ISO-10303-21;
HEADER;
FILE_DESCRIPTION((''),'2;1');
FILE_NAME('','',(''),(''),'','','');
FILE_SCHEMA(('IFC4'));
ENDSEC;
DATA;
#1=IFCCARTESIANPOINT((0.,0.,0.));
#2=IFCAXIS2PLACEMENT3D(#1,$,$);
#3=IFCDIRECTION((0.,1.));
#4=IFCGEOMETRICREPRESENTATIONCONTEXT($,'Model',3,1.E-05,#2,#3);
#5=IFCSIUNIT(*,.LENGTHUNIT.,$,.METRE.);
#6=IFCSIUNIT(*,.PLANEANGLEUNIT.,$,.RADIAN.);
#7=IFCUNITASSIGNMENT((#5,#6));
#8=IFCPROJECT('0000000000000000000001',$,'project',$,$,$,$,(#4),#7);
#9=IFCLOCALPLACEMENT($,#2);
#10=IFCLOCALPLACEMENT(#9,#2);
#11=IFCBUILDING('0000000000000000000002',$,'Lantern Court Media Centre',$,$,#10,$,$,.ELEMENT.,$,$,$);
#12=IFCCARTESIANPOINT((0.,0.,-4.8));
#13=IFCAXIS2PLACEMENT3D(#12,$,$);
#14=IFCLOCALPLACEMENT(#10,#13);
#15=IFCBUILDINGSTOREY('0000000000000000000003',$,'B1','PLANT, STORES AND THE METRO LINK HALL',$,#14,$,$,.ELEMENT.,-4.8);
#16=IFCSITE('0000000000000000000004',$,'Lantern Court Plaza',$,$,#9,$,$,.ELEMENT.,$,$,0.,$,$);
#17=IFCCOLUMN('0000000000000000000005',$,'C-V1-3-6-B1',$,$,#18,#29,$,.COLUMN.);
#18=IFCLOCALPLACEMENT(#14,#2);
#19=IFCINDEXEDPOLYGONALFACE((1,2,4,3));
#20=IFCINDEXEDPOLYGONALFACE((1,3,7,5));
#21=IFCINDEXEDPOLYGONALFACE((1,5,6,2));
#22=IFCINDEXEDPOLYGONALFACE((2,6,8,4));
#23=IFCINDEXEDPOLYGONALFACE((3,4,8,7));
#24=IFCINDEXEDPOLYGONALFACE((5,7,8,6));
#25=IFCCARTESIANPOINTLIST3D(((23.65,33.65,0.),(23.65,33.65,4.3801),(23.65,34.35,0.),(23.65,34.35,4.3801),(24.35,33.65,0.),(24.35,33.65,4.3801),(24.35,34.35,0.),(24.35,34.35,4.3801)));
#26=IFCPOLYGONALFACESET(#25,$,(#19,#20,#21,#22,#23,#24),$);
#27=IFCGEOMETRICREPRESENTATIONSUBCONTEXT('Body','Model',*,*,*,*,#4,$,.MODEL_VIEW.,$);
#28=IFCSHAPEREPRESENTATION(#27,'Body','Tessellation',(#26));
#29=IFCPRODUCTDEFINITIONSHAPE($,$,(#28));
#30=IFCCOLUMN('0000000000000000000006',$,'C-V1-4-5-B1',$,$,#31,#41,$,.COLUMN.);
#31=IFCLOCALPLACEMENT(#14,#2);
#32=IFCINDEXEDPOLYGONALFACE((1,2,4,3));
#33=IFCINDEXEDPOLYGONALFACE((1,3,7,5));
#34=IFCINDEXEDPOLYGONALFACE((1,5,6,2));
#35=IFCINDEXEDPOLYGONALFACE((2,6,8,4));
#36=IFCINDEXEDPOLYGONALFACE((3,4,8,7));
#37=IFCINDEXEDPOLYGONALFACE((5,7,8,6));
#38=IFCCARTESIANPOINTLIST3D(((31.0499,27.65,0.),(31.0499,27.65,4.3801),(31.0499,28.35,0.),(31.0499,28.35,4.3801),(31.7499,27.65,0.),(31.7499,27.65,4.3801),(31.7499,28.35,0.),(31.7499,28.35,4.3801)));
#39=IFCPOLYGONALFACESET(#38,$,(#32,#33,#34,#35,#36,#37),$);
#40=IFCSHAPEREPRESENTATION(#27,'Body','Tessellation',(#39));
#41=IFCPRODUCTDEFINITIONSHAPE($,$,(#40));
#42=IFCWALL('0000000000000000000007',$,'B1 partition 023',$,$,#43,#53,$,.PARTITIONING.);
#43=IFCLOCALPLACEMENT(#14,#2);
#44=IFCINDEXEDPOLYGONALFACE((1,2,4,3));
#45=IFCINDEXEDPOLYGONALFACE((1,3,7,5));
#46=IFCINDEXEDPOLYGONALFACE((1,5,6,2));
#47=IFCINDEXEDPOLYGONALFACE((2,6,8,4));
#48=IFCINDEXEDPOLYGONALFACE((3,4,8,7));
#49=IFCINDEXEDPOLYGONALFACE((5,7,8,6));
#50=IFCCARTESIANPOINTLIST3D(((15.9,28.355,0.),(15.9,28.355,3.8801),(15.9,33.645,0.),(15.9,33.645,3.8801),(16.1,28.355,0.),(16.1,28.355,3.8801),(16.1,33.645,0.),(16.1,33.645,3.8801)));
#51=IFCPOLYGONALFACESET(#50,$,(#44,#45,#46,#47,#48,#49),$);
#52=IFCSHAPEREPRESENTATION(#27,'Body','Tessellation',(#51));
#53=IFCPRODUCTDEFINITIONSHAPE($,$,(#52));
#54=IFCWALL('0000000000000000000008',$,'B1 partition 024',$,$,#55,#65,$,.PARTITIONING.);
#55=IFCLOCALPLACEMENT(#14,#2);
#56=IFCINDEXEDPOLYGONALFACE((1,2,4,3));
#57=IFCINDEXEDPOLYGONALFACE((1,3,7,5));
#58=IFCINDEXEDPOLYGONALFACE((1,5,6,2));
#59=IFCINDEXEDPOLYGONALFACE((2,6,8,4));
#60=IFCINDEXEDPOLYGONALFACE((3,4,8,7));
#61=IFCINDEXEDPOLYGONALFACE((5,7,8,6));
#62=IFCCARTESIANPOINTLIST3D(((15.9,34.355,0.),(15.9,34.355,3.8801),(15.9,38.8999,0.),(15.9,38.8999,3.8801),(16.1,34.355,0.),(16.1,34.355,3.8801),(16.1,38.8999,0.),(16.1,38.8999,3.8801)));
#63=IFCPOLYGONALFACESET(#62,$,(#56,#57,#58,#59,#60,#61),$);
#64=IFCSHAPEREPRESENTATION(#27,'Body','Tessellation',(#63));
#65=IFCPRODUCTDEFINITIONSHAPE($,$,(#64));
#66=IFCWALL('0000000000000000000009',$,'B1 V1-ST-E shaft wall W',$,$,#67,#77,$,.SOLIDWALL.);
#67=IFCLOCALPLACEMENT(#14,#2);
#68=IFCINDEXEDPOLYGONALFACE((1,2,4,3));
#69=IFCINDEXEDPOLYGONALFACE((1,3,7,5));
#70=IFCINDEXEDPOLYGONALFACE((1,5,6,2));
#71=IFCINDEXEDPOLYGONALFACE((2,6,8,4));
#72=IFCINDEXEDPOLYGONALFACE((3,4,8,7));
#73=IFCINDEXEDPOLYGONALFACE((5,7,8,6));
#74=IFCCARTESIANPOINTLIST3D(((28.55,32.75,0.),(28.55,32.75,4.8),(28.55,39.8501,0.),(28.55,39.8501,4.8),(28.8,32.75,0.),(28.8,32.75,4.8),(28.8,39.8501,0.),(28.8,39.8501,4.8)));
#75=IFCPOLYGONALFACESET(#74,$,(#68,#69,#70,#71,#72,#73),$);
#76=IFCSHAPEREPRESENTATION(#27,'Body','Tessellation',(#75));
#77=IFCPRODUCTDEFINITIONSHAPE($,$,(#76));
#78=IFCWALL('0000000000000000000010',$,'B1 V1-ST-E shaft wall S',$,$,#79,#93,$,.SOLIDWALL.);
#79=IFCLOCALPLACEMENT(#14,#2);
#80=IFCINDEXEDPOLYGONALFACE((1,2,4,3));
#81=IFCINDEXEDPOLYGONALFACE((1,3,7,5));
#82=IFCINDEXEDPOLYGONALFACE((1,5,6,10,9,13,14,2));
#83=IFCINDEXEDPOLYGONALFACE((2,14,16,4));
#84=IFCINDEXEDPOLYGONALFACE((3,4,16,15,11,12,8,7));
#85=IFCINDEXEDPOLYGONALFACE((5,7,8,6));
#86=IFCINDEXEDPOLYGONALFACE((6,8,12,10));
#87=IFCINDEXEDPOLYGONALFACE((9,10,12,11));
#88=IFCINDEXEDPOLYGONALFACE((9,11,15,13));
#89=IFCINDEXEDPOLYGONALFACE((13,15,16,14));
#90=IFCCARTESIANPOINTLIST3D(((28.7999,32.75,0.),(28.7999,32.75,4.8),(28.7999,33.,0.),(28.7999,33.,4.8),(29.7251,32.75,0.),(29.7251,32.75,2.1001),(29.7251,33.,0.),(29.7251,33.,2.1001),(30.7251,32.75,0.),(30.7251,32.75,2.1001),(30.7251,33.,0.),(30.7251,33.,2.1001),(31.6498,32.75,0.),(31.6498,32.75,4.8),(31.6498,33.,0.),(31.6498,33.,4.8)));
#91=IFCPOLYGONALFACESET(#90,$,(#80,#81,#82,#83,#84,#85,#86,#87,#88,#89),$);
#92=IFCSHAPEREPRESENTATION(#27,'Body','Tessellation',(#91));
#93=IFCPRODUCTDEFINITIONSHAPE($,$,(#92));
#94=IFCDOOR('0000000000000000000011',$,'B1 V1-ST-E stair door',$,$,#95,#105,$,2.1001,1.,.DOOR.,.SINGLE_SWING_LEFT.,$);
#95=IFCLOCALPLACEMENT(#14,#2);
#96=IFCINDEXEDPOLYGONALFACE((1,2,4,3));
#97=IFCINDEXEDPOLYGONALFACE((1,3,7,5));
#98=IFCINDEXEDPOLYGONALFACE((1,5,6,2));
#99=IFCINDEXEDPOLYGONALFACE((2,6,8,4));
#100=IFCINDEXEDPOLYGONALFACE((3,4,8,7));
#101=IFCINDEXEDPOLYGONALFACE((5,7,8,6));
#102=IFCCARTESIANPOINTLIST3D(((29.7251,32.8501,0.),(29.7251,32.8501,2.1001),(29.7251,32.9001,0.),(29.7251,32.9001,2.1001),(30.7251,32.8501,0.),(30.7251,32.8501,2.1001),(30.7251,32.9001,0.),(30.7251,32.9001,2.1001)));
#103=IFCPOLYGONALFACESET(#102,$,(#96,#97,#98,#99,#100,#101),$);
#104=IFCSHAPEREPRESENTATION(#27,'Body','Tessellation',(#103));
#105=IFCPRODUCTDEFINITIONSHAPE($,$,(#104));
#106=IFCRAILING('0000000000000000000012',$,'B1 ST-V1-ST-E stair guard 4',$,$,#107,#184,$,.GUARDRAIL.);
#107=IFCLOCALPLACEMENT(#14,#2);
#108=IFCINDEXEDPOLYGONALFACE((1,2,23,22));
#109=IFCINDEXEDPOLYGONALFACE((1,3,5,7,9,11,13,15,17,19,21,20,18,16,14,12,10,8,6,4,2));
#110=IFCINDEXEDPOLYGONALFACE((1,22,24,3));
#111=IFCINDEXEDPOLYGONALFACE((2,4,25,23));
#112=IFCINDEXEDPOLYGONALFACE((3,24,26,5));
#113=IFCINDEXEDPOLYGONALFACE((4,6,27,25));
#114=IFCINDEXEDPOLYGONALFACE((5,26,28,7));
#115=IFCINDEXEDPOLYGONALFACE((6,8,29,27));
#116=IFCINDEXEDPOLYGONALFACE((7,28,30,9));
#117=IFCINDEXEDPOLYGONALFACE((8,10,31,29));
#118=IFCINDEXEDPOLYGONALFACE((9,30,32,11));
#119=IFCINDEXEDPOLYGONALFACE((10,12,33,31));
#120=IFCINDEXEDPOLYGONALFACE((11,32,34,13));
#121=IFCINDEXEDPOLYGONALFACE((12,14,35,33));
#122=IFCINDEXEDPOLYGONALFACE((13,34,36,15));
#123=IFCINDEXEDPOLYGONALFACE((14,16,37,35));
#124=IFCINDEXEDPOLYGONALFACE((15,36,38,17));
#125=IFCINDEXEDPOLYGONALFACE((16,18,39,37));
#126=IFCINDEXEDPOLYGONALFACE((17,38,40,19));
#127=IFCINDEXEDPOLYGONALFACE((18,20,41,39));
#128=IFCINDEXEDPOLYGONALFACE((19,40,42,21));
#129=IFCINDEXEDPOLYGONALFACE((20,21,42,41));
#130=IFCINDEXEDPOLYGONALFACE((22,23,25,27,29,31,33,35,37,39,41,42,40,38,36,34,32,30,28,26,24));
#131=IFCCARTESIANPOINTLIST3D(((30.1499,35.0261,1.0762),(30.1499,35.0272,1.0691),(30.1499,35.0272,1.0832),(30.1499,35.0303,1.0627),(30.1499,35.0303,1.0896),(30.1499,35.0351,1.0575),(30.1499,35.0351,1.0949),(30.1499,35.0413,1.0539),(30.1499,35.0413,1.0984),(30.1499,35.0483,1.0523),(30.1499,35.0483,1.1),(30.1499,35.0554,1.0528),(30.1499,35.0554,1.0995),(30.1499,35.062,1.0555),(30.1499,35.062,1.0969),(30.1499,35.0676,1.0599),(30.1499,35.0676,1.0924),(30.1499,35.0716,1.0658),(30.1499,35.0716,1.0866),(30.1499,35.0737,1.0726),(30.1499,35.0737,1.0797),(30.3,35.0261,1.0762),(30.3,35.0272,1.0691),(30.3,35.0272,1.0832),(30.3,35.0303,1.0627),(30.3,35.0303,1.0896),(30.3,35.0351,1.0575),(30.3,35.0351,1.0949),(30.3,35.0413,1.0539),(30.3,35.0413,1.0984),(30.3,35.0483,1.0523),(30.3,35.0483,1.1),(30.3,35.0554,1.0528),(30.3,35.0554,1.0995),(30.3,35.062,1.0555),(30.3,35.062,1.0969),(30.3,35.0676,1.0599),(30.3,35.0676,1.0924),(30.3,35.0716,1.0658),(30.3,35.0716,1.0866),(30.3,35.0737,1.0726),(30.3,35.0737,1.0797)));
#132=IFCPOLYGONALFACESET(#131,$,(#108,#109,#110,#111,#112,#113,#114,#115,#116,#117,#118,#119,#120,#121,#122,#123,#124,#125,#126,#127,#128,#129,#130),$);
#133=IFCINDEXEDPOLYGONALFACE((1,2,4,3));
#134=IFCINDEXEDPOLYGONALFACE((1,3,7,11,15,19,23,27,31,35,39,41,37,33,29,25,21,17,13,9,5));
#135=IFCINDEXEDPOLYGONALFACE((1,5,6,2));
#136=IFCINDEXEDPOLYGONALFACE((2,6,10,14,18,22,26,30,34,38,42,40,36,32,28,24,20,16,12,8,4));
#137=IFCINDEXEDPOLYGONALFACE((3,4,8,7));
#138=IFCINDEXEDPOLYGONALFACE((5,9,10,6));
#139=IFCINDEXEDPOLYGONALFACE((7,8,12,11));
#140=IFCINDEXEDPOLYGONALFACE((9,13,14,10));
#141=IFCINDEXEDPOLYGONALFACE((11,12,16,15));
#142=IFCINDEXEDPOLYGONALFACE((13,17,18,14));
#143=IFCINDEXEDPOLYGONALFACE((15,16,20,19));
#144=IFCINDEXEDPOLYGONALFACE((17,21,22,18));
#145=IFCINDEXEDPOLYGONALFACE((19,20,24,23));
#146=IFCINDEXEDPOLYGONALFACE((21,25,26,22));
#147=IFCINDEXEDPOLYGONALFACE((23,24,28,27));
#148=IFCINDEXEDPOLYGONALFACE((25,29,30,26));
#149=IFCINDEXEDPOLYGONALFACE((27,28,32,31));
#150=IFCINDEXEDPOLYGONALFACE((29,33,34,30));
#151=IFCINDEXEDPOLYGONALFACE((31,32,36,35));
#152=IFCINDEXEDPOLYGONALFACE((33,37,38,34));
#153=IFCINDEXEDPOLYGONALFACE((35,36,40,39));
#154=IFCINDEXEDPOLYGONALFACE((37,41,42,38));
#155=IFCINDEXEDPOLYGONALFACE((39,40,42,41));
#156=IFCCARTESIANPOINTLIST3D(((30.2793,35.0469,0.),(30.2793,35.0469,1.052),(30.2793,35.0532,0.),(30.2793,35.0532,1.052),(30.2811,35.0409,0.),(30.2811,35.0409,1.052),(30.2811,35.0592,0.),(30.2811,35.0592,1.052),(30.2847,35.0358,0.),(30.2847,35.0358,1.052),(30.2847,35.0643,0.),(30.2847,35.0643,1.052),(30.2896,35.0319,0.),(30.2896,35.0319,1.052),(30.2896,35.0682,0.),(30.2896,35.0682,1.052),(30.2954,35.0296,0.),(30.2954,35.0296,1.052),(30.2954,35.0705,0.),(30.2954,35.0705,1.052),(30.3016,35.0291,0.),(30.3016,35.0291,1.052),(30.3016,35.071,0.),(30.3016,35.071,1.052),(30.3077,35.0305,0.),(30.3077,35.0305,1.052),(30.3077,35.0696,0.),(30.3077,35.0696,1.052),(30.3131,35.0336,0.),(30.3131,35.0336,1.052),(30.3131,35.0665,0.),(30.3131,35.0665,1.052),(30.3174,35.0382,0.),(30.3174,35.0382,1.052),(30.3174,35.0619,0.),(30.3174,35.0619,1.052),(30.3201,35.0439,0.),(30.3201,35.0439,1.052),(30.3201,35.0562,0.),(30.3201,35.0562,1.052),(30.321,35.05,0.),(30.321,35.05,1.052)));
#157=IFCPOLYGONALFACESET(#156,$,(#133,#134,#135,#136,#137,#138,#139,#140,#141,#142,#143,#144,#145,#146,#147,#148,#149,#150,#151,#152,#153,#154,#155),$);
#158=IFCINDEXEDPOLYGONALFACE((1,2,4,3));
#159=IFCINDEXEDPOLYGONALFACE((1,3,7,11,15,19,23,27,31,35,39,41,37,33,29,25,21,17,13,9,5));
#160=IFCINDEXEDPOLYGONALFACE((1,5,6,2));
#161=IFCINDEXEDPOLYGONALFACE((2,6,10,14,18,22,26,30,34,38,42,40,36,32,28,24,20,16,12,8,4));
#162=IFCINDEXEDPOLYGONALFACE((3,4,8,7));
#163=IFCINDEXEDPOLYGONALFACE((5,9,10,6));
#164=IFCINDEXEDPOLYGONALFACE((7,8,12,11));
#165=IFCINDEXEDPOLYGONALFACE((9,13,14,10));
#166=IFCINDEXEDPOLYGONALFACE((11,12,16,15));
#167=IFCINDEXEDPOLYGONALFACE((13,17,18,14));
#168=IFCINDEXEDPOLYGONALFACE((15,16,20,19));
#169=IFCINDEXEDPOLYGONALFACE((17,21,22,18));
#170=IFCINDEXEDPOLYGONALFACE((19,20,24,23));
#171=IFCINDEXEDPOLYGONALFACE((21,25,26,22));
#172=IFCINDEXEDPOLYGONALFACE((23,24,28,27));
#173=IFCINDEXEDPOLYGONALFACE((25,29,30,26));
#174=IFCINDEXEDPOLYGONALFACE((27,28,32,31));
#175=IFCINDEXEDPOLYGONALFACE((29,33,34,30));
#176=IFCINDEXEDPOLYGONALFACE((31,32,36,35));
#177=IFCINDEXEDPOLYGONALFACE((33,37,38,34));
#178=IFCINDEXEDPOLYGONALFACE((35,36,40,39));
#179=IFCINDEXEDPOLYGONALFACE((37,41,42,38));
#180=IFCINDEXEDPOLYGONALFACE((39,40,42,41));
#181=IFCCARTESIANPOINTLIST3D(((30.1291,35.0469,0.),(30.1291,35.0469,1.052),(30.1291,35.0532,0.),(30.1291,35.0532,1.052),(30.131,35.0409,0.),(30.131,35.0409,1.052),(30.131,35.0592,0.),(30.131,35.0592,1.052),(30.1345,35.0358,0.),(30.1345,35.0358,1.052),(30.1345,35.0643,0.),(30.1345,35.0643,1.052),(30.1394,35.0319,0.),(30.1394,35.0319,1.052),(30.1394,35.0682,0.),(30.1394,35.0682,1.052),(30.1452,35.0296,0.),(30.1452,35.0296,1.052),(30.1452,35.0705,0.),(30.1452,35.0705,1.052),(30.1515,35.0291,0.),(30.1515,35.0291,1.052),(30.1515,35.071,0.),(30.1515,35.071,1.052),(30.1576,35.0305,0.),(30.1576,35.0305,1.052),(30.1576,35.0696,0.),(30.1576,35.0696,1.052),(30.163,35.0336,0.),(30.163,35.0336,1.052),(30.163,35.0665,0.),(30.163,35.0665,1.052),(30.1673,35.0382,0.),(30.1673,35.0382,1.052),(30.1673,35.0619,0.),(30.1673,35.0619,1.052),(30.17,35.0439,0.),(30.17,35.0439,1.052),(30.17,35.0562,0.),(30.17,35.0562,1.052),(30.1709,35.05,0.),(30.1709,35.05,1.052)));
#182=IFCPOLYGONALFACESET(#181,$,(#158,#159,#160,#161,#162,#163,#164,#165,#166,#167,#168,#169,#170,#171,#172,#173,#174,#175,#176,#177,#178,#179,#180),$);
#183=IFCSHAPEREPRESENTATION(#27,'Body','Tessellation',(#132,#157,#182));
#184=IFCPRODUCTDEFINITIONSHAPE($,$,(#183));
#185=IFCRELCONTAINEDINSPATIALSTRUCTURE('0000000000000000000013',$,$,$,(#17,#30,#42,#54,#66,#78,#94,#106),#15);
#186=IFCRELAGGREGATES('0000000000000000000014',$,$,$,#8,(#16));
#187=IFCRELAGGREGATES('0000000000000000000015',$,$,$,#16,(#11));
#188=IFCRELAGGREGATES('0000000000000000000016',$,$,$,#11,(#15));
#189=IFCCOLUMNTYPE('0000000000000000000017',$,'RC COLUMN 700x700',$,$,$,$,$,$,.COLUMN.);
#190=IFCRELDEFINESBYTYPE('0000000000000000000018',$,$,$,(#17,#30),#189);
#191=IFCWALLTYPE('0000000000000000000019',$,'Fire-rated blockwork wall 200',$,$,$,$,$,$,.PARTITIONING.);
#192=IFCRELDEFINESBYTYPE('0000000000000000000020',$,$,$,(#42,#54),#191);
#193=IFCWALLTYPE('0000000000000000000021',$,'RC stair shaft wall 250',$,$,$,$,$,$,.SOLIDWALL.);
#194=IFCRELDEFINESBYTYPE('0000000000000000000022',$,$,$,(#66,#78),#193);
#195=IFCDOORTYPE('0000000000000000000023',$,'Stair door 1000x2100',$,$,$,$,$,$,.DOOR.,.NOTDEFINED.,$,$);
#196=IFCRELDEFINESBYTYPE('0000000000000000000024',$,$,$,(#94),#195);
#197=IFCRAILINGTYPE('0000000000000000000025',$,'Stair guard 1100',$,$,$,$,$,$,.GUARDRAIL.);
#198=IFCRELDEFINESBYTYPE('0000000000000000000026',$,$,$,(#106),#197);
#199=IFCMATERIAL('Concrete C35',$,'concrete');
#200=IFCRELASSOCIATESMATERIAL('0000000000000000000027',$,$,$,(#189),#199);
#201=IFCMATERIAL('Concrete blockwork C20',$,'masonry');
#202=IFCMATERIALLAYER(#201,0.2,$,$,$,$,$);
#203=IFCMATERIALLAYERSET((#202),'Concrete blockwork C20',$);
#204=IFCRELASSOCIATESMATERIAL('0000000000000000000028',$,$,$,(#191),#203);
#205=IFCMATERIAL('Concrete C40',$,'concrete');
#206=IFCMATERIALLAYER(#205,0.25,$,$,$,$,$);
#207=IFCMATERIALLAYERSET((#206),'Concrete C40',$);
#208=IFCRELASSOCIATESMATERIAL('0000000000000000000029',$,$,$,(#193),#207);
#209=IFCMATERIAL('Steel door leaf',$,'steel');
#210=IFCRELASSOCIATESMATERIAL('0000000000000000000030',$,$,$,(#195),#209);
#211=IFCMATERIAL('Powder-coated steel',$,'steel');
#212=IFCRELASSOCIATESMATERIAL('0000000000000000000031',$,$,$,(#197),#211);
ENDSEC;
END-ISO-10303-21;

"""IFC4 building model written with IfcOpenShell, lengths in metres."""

from ifc_helpers import new_model, si_unit, direction, frame, frame_2d, origin, origin_2d, place, context, subcontext, project, spatial, rectangle, circle, extrude, material, layer, layer_set, material_profile, profile_set, type_object, element, fill, save


model = new_model("IFC4")

# Units and contexts
model_context = context("Model", 3, precision=1e-05, world=origin(), true_north=direction((0.0, 1.0)))
body_context = subcontext(model_context, "Body", "Model", "MODEL_VIEW")
ifc_project = project(units=[si_unit("LENGTHUNIT", "METRE"), si_unit("PLANEANGLEUNIT", "RADIAN")], contexts=[model_context])

# Site, building, storey
site_placement = place(None, origin())
site = spatial("IfcSite", under=ifc_project, at=site_placement, Name="Lantern Court Plaza", CompositionType="ELEMENT", RefElevation=0.0)
building_placement = place(site_placement, origin())
building = spatial("IfcBuilding", under=site, at=building_placement, Name="Lantern Court Media Centre", CompositionType="ELEMENT")
storey_placement = place(building_placement, frame((0.0, 0.0, -4.8)))
storey = spatial("IfcBuildingStorey", under=building, at=storey_placement, Name="B1", Description="PLANT, STORES AND THE METRO LINK HALL", CompositionType="ELEMENT", Elevation=-4.8)

# Columns
ifc_material_1 = material(Name="Concrete C35", Category="concrete")
ifc_material_profile_1 = material_profile(ifc_material_1, rectangle(XDim=0.7, YDim=0.7, at=origin_2d()), Name="RC 700x700")
ifc_profile_set_1 = profile_set([ifc_material_profile_1], Name="Concrete C35")
column_type = type_object("IfcColumnType", Name="RC COLUMN 700x700", PredefinedType="COLUMN", material=ifc_profile_set_1)
for number, where, z_axis, x_axis, name in (
    (1, (24.0, 34.0, 0.0), (0.0, 0.0, 1.0), (1.0, 0.0, 0.0), "C-V1-3-6-B1"),
    (2, (31.3999, 28.0, 0.0), (0.0, 0.0, 1.0), (1.0, 0.0, 0.0), "C-V1-4-5-B1"),
):
    element("IfcColumn", number, at=place(storey_placement, frame(where, z_axis=z_axis, x_axis=x_axis)), inside=storey, type_object=column_type, Name=name, PredefinedType="COLUMN", context=body_context, shape_type="SweptSolid", body=[
        extrude(rectangle(XDim=0.7, YDim=0.7, at=origin_2d()), origin(), (0.0, 0.0, 1.0), 4.3801),
    ])

# Walls
ifc_material_2 = material(Name="Concrete blockwork C20", Category="masonry")
ifc_layer_1 = layer(ifc_material_2, 0.2)
ifc_layer_set_1 = layer_set([ifc_layer_1], Name="Concrete blockwork C20")
wall_type_1 = type_object("IfcWallType", Name="Fire-rated blockwork wall 200", PredefinedType="PARTITIONING", material=ifc_layer_set_1)
wall_1_placement = place(storey_placement, frame((16.0, 28.355, 0.0), z_axis=(0.0, 0.0, 1.0), x_axis=(0.0, 1.0, 0.0)))
element("IfcWall", 3, at=wall_1_placement, inside=storey, type_object=wall_type_1, Name="B1 partition 023", PredefinedType="PARTITIONING", context=body_context, shape_type="SweptSolid", body=[
    extrude(rectangle(XDim=5.29, YDim=0.2, at=frame_2d((2.645, 0.0))), origin(), (0.0, 0.0, 1.0), 3.8801),
])
wall_2_placement = place(storey_placement, frame((16.0, 34.355, 0.0), z_axis=(0.0, 0.0, 1.0), x_axis=(0.0, 1.0, 0.0)))
element("IfcWall", 4, at=wall_2_placement, inside=storey, type_object=wall_type_1, Name="B1 partition 024", PredefinedType="PARTITIONING", context=body_context, shape_type="SweptSolid", body=[
    extrude(rectangle(XDim=4.5449, YDim=0.2, at=frame_2d((2.2725, 0.0))), origin(), (0.0, 0.0, 1.0), 3.8801),
])
ifc_material_3 = material(Name="Concrete C40", Category="concrete")
ifc_layer_2 = layer(ifc_material_3, 0.25)
ifc_layer_set_2 = layer_set([ifc_layer_2], Name="Concrete C40")
wall_type_2 = type_object("IfcWallType", Name="RC stair shaft wall 250", PredefinedType="SOLIDWALL", material=ifc_layer_set_2)
wall_3_placement = place(storey_placement, frame((28.675, 32.75, 0.0), z_axis=(0.0, 0.0, 1.0), x_axis=(0.0, 1.0, 0.0)))
element("IfcWall", 5, at=wall_3_placement, inside=storey, type_object=wall_type_2, Name="B1 V1-ST-E shaft wall W", PredefinedType="SOLIDWALL", context=body_context, shape_type="SweptSolid", body=[
    extrude(rectangle(XDim=7.1001, YDim=0.25, at=frame_2d((3.55, 0.0))), origin(), (0.0, 0.0, 1.0), 4.8),
])

# Wall, opening, door
wall_4_placement = place(storey_placement, frame((28.8, 32.875, 0.0), z_axis=(0.0, 0.0, 1.0), x_axis=(1.0, 0.0, 0.0)))
wall_4 = element("IfcWall", 6, at=wall_4_placement, inside=storey, type_object=wall_type_2, Name="B1 V1-ST-E shaft wall S", PredefinedType="SOLIDWALL", context=body_context, shape_type="SweptSolid", body=[
    extrude(rectangle(XDim=2.8499, YDim=0.25, at=frame_2d((1.4248, 0.0))), origin(), (0.0, 0.0, 1.0), 4.8),
])
opening_placement = place(wall_4_placement, frame((0.925, 0.0, 0.0)))
opening = element("IfcOpeningElement", 7, at=opening_placement, cuts=wall_4, PredefinedType="OPENING", context=body_context, shape_type="SweptSolid", body=[
    extrude(rectangle(XDim=1.0, YDim=2.1001, at=frame_2d((0.5, 1.05))), frame((0.0, 0.135, 0.0), z_axis=(0.0, -1.0, 0.0), x_axis=(1.0, 0.0, 0.0)), (0.0, 0.0, 1.0), 0.27),
])
ifc_material_4 = material(Name="Steel door leaf", Category="steel")
door_type = type_object("IfcDoorType", Name="Stair door 1000x2100", OperationType="NOTDEFINED", PredefinedType="DOOR", material=ifc_material_4)
door_placement = place(opening_placement, frame((1.0, 0.0, 0.0), z_axis=(0.0, 0.0, 1.0), x_axis=(-1.0, 0.0, 0.0)))
door = element("IfcDoor", 8, at=door_placement, inside=storey, type_object=door_type, Name="B1 V1-ST-E stair door", OperationType="SINGLE_SWING_LEFT", OverallHeight=2.1001, OverallWidth=1.0, PredefinedType="DOOR", context=body_context, shape_type="SweptSolid", body=[
    extrude(rectangle(XDim=1.0, YDim=2.1001, at=frame_2d((0.5, 1.05))), frame((0.0, 0.0249, 0.0), z_axis=(0.0, -1.0, 0.0), x_axis=(1.0, 0.0, 0.0)), (0.0, 0.0, 1.0), 0.05),
])
fill(opening, door)

# Railing
ifc_material_5 = material(Name="Powder-coated steel", Category="steel")
railing_type = type_object("IfcRailingType", Name="Stair guard 1100", PredefinedType="GUARDRAIL", material=ifc_material_5)
railing_placement = place(storey_placement, frame((30.3, 35.05, 0.0)))
element("IfcRailing", 9, at=railing_placement, inside=storey, type_object=railing_type, Name="B1 ST-V1-ST-E stair guard 4", PredefinedType="GUARDRAIL", context=body_context, shape_type="SweptSolid", body=[
    extrude(circle(Radius=0.0239, at=origin_2d()), frame((0.0, 0.0, 1.0762), z_axis=(-1.0, 0.0, 0.0), x_axis=(0.0, -1.0, 0.0)), (0.0, 0.0, 1.0), 0.1501),
    extrude(circle(Radius=0.021, at=origin_2d()), origin(), (0.0, 0.0, 1.0), 1.052),
    extrude(circle(Radius=0.021, at=origin_2d()), frame((-0.1501, 0.0, 0.0)), (0.0, 0.0, 1.0), 1.052),
])

save(model, "model.ifc")
